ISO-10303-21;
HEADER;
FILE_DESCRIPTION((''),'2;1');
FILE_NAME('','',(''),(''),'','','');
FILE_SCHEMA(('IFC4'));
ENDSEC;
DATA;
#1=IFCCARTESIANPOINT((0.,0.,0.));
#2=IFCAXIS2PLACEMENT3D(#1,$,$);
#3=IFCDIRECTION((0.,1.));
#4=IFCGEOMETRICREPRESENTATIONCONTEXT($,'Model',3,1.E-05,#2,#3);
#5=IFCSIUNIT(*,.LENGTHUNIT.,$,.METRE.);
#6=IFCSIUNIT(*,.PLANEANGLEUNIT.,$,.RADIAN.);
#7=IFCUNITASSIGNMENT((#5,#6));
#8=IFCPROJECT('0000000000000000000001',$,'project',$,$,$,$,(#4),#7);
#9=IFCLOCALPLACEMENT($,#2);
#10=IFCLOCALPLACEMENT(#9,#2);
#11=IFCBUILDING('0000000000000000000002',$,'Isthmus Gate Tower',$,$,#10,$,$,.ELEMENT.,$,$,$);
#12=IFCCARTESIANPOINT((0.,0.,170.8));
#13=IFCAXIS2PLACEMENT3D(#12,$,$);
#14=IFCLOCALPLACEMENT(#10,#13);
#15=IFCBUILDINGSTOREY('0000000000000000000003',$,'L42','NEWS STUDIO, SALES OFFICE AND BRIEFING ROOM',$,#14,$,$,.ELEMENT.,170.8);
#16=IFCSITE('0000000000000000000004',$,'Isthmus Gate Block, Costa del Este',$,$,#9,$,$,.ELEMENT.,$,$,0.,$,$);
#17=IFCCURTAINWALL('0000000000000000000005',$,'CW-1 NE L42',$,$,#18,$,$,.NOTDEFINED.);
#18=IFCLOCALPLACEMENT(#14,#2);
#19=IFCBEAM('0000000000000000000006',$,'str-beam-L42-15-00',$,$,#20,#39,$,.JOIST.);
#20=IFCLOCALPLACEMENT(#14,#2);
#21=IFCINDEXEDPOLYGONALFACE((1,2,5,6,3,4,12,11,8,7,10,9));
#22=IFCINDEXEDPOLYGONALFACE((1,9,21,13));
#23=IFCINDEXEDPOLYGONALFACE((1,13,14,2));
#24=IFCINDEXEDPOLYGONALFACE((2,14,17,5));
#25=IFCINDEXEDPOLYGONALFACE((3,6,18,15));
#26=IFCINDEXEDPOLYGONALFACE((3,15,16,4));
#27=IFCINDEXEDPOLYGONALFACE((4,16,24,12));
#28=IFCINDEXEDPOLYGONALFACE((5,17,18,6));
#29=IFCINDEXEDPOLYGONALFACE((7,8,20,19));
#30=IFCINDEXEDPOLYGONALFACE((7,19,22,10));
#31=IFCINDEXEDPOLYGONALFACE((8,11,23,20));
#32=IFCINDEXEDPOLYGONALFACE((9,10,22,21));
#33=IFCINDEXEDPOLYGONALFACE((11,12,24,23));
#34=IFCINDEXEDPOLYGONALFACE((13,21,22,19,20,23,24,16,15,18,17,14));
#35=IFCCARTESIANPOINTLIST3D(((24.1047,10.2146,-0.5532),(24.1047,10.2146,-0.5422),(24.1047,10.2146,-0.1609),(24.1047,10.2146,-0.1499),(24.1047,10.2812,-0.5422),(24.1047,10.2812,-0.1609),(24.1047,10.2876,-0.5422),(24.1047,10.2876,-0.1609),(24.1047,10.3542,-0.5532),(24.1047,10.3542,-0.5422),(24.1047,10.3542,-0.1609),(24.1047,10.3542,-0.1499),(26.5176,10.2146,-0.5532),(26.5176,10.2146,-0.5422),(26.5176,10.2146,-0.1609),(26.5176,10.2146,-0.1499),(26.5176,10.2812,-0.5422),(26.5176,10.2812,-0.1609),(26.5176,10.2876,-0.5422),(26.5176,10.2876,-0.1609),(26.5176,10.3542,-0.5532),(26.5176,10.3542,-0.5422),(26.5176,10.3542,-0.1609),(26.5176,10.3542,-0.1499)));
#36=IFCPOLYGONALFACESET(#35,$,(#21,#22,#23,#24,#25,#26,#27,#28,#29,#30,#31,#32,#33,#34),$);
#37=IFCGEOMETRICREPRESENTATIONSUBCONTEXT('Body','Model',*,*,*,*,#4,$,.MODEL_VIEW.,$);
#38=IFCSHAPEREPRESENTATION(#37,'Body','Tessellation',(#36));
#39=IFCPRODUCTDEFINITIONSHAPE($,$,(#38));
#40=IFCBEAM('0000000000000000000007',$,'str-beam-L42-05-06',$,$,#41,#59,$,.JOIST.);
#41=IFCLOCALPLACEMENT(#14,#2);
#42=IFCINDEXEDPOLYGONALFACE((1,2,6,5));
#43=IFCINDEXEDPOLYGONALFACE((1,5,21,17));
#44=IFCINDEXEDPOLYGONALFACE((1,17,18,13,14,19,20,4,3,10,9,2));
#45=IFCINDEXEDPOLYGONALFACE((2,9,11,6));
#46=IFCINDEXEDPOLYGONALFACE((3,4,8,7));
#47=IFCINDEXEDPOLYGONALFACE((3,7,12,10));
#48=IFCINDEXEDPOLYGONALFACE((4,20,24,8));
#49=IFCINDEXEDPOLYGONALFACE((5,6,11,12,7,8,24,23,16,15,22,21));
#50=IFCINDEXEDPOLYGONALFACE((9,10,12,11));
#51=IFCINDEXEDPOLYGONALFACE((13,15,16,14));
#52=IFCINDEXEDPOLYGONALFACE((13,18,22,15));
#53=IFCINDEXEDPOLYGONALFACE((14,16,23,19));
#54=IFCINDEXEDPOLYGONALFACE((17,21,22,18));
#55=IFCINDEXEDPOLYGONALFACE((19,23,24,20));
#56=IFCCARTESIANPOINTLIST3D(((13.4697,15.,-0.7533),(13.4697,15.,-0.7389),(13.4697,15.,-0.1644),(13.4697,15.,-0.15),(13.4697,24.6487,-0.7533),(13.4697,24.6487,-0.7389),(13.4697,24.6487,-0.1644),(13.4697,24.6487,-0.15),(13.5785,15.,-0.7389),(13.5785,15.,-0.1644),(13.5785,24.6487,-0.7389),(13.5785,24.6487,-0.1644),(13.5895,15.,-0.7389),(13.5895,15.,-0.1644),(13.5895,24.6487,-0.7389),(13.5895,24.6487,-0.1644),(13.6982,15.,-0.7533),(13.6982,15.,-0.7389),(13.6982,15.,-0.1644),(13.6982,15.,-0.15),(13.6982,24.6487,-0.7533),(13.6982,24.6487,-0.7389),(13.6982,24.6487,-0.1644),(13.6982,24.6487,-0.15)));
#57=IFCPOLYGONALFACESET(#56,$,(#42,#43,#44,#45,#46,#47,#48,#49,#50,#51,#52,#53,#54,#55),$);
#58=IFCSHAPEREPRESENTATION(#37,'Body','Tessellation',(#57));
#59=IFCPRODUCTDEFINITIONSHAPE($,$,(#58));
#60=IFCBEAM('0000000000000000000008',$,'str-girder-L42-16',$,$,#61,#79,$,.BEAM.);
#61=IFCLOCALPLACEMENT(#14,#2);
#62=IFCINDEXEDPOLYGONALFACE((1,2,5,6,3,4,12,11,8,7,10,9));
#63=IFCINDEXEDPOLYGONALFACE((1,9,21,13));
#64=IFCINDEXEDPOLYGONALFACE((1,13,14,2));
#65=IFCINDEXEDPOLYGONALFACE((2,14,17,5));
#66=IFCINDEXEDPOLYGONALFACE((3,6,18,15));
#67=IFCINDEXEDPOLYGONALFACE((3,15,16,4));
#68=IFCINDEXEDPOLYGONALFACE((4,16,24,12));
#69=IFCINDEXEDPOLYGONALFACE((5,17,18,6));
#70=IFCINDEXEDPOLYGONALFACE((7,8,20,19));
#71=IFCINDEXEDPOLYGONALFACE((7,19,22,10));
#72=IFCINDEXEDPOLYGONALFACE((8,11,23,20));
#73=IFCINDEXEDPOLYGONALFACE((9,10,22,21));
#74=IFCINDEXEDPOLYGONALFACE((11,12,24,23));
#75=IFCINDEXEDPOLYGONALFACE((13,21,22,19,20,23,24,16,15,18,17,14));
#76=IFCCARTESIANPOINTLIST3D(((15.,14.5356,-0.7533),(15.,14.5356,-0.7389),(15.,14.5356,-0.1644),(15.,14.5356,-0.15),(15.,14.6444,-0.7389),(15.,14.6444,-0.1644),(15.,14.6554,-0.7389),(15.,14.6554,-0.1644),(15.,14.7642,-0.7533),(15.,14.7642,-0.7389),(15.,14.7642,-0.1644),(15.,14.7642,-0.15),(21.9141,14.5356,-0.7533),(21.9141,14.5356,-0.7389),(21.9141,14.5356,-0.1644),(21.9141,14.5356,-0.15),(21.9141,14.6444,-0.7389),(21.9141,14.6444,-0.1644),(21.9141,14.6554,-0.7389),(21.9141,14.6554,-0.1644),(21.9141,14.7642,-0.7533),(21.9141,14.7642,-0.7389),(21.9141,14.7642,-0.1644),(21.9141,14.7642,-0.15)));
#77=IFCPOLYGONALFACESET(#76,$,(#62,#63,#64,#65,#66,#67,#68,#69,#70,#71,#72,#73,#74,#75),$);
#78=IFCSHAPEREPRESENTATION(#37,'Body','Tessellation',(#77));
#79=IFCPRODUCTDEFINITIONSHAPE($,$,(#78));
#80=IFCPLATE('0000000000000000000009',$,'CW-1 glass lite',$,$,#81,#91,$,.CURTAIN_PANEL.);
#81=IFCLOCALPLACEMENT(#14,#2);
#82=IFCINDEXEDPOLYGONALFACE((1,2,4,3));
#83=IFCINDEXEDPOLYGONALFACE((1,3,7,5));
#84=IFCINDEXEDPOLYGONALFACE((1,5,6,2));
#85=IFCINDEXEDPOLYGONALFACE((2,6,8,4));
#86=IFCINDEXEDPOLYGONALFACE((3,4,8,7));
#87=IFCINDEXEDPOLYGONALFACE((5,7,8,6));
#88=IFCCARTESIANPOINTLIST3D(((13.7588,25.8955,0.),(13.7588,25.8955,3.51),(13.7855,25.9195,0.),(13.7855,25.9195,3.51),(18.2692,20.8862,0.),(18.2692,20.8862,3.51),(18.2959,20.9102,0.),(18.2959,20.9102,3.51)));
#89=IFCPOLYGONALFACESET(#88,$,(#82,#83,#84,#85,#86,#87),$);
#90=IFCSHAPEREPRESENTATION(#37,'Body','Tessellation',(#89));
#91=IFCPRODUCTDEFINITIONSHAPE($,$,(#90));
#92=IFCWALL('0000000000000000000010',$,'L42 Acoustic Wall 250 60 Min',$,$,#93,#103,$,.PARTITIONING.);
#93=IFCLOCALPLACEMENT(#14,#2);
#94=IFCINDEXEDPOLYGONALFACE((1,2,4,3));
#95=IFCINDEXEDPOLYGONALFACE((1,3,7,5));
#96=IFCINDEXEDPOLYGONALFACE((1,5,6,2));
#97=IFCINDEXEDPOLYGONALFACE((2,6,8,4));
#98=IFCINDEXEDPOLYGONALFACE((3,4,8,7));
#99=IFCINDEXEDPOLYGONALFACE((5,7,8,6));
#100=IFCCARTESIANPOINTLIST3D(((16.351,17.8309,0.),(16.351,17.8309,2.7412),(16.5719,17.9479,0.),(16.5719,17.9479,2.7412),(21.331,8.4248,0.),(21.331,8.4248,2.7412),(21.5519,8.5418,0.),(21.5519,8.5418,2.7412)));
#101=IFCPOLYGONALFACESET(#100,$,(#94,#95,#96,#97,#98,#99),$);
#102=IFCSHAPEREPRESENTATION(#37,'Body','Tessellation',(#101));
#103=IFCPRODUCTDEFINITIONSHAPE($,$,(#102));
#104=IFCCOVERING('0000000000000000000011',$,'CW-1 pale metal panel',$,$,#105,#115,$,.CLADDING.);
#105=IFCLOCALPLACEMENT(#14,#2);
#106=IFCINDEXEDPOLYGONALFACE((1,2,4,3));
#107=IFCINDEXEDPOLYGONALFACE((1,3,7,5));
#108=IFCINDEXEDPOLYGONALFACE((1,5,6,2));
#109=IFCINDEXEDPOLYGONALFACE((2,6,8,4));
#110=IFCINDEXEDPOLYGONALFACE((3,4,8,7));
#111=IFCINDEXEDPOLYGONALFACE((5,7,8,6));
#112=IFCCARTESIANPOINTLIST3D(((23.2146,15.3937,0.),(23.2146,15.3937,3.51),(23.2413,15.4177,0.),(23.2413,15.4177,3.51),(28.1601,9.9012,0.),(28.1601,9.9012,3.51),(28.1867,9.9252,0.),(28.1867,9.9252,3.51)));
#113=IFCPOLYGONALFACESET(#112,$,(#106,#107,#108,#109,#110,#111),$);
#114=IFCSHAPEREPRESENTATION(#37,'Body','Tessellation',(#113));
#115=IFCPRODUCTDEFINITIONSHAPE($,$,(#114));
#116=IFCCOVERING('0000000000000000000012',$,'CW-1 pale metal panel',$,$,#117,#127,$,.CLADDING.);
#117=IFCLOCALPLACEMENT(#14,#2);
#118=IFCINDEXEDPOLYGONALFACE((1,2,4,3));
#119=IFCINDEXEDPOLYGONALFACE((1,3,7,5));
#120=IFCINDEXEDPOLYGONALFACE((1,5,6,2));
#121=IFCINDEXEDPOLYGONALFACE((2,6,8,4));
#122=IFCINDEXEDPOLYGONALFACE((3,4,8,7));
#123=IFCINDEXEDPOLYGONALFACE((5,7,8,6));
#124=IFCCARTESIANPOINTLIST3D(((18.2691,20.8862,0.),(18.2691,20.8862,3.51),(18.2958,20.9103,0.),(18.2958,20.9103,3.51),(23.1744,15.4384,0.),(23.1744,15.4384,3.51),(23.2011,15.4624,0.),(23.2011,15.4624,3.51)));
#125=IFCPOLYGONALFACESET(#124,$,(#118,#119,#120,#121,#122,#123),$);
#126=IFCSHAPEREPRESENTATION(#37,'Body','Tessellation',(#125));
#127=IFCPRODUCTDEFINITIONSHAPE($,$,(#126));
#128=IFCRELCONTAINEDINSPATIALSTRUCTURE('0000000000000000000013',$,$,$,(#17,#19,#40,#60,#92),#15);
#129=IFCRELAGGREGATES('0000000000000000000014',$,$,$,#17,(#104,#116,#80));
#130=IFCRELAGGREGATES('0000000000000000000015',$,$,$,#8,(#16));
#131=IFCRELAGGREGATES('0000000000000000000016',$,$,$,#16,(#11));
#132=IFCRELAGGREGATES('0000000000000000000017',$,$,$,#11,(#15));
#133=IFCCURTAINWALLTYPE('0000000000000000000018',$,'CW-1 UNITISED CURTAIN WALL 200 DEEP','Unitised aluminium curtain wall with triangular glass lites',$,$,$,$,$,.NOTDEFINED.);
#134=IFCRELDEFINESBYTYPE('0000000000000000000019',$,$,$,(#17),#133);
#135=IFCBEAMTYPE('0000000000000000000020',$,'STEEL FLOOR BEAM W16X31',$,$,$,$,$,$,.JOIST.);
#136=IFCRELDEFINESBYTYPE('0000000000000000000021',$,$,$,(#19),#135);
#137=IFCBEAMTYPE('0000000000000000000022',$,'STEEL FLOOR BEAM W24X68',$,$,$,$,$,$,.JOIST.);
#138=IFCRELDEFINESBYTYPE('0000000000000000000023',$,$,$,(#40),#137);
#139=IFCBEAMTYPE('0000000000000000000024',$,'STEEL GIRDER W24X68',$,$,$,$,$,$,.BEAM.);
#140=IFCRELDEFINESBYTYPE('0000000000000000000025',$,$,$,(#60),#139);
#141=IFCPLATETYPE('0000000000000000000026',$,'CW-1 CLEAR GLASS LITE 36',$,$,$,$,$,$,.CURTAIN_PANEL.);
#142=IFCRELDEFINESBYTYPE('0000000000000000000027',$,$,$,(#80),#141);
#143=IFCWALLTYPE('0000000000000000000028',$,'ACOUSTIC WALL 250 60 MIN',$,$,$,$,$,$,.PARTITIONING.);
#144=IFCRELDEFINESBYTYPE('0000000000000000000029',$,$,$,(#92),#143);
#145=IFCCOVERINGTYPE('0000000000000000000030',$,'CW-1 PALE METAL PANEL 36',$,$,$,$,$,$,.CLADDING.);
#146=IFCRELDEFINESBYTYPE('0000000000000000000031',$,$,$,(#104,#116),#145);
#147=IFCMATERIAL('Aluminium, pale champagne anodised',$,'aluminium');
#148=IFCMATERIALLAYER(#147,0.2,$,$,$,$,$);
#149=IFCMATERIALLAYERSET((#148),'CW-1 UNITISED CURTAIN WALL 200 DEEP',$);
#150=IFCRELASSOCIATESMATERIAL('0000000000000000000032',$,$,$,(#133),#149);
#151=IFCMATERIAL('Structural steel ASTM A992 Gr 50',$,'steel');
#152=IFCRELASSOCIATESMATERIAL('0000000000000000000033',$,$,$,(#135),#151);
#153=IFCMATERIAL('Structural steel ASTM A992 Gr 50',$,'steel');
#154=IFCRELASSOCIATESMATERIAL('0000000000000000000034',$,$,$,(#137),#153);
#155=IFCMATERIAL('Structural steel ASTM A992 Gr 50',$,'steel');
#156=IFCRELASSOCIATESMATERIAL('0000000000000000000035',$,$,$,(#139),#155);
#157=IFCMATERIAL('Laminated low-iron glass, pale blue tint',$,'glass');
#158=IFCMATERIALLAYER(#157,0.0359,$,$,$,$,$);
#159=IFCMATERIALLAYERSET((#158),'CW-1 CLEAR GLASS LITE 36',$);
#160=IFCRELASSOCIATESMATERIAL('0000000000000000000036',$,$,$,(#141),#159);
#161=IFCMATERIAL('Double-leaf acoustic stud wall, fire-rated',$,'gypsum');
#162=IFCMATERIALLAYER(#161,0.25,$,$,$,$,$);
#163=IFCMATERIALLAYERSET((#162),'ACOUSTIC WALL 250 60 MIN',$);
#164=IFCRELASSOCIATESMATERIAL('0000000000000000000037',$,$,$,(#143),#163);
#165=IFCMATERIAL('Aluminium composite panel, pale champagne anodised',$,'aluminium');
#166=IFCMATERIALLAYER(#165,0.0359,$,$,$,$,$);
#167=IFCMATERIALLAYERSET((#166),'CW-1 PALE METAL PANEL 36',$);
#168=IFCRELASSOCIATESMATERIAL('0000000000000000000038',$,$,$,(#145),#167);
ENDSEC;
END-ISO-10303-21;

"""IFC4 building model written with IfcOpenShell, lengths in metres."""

from ifc_helpers import new_model, si_unit, direction, frame, frame_2d, origin, origin_2d, place, context, subcontext, project, spatial, rectangle, i_section, extrude, material, layer, layer_set, material_profile, profile_set, type_object, element, aggregate, save


model = new_model("IFC4")

# Units and contexts
model_context = context("Model", 3, precision=1e-05, world=origin(), true_north=direction((0.0, 1.0)))
body_context = subcontext(model_context, "Body", "Model", "MODEL_VIEW")
ifc_project = project(units=[si_unit("LENGTHUNIT", "METRE"), si_unit("PLANEANGLEUNIT", "RADIAN")], contexts=[model_context])

# Site, building, storey
site_placement = place(None, origin())
site = spatial("IfcSite", under=ifc_project, at=site_placement, Name="Isthmus Gate Block, Costa del Este", CompositionType="ELEMENT", RefElevation=0.0)
building_placement = place(site_placement, origin())
building = spatial("IfcBuilding", under=site, at=building_placement, Name="Isthmus Gate Tower", CompositionType="ELEMENT")
storey_placement = place(building_placement, frame((0.0, 0.0, 170.8)))
storey = spatial("IfcBuildingStorey", under=building, at=storey_placement, Name="L42", Description="NEWS STUDIO, SALES OFFICE AND BRIEFING ROOM", CompositionType="ELEMENT", Elevation=170.8)

# Curtain wall
ifc_material_1 = material(Name="Aluminium, pale champagne anodised", Category="aluminium")
ifc_layer_1 = layer(ifc_material_1, 0.2)
ifc_layer_set_1 = layer_set([ifc_layer_1], Name="CW-1 UNITISED CURTAIN WALL 200 DEEP")
curtain_wall_type = type_object("IfcCurtainWallType", Name="CW-1 UNITISED CURTAIN WALL 200 DEEP", Description="Unitised aluminium curtain wall with triangular glass lites", PredefinedType="NOTDEFINED", material=ifc_layer_set_1)
curtain_wall_1_placement = place(storey_placement, origin())
curtain_wall_1 = element("IfcCurtainWall", 1, at=curtain_wall_1_placement, inside=storey, type_object=curtain_wall_type, Name="CW-1 NE L42", PredefinedType="NOTDEFINED")

# Beams
ifc_material_2 = material(Name="Structural steel ASTM A992 Gr 50", Category="steel")
ifc_material_profile_1 = material_profile(ifc_material_2, i_section(OverallWidth=0.1396, OverallDepth=0.4033, WebThickness=0.0063, FlangeThickness=0.011, at=origin_2d()), Name="W16X31")
ifc_profile_set_1 = profile_set([ifc_material_profile_1], Name="Structural steel ASTM A992 Gr 50")
beam_type_1 = type_object("IfcBeamType", Name="STEEL FLOOR BEAM W16X31", PredefinedType="JOIST", material=ifc_profile_set_1)
beam_1_placement = place(storey_placement, frame((24.1047, 10.2844, -0.3516), z_axis=(1.0, 0.0, 0.0), x_axis=(0.0, 1.0, 0.0)))
element("IfcBeam", 2, at=beam_1_placement, inside=storey, type_object=beam_type_1, Name="str-beam-L42-15-00", PredefinedType="JOIST", context=body_context, shape_type="SweptSolid", body=[
    extrude(i_section(OverallWidth=0.1396, OverallDepth=0.4033, WebThickness=0.0063, FlangeThickness=0.011, at=origin_2d()), origin(), (0.0, 0.0, 1.0), 2.4128),
])
ifc_material_3 = material(Name="Structural steel ASTM A992 Gr 50", Category="steel")
ifc_material_profile_2 = material_profile(ifc_material_3, i_section(OverallWidth=0.2285, OverallDepth=0.6033, WebThickness=0.011, FlangeThickness=0.0144, at=origin_2d()), Name="W24X68")
ifc_profile_set_2 = profile_set([ifc_material_profile_2], Name="Structural steel ASTM A992 Gr 50")
beam_type_2 = type_object("IfcBeamType", Name="STEEL FLOOR BEAM W24X68", PredefinedType="JOIST", material=ifc_profile_set_2)
beam_2_placement = place(storey_placement, frame((13.584, 15.0, -0.4517), z_axis=(0.0, 1.0, 0.0), x_axis=(-1.0, 0.0, 0.0)))
element("IfcBeam", 3, at=beam_2_placement, inside=storey, type_object=beam_type_2, Name="str-beam-L42-05-06", PredefinedType="JOIST", context=body_context, shape_type="SweptSolid", body=[
    extrude(i_section(OverallWidth=0.2285, OverallDepth=0.6033, WebThickness=0.011, FlangeThickness=0.0144, at=origin_2d()), origin(), (0.0, 0.0, 1.0), 9.6487),
])
ifc_material_4 = material(Name="Structural steel ASTM A992 Gr 50", Category="steel")
ifc_material_profile_3 = material_profile(ifc_material_4, i_section(OverallWidth=0.2285, OverallDepth=0.6033, WebThickness=0.011, FlangeThickness=0.0144, at=origin_2d()), Name="W24X68")
ifc_profile_set_3 = profile_set([ifc_material_profile_3], Name="Structural steel ASTM A992 Gr 50")
beam_type_3 = type_object("IfcBeamType", Name="STEEL GIRDER W24X68", PredefinedType="BEAM", material=ifc_profile_set_3)
beam_3_placement = place(storey_placement, frame((15.0, 14.6499, -0.4517), z_axis=(1.0, 0.0, 0.0), x_axis=(0.0, 1.0, 0.0)))
element("IfcBeam", 4, at=beam_3_placement, inside=storey, type_object=beam_type_3, Name="str-girder-L42-16", PredefinedType="BEAM", context=body_context, shape_type="SweptSolid", body=[
    extrude(i_section(OverallWidth=0.2285, OverallDepth=0.6033, WebThickness=0.011, FlangeThickness=0.0144, at=origin_2d()), origin(), (0.0, 0.0, 1.0), 6.9141),
])

# Plate
ifc_material_5 = material(Name="Laminated low-iron glass, pale blue tint", Category="glass")
ifc_layer_2 = layer(ifc_material_5, 0.0359)
ifc_layer_set_2 = layer_set([ifc_layer_2], Name="CW-1 CLEAR GLASS LITE 36")
plate_type = type_object("IfcPlateType", Name="CW-1 CLEAR GLASS LITE 36", PredefinedType="CURTAIN_PANEL", material=ifc_layer_set_2)
plate_placement = place(storey_placement, frame((16.0273, 23.4028, 0.0), z_axis=(0.0, 0.0, 1.0), x_axis=(-0.669131, 0.743145, 0.0)))
plate = element("IfcPlate", 5, at=plate_placement, type_object=plate_type, Name="CW-1 glass lite", PredefinedType="CURTAIN_PANEL", context=body_context, shape_type="SweptSolid", body=[
    extrude(rectangle(XDim=6.7407, YDim=0.0359, at=origin_2d()), origin(), (0.0, 0.0, 1.0), 3.51),
])

# Wall
ifc_material_6 = material(Name="Double-leaf acoustic stud wall, fire-rated", Category="gypsum")
ifc_layer_3 = layer(ifc_material_6, 0.25)
ifc_layer_set_3 = layer_set([ifc_layer_3], Name="ACOUSTIC WALL 250 60 MIN")
wall_type = type_object("IfcWallType", Name="ACOUSTIC WALL 250 60 MIN", PredefinedType="PARTITIONING", material=ifc_layer_set_3)
wall_placement = place(storey_placement, frame((16.4614, 17.8894, 0.0), z_axis=(0.0, 0.0, 1.0), x_axis=(0.467912, -0.883775, 0.0)))
element("IfcWall", 6, at=wall_placement, inside=storey, type_object=wall_type, Name="L42 Acoustic Wall 250 60 Min", PredefinedType="PARTITIONING", context=body_context, shape_type="SweptSolid", body=[
    extrude(rectangle(XDim=10.6431, YDim=0.25, at=frame_2d((5.3215, 0.0))), origin(), (0.0, 0.0, 1.0), 2.7412),
])

# Coverings
ifc_material_7 = material(Name="Aluminium composite panel, pale champagne anodised", Category="aluminium")
ifc_layer_4 = layer(ifc_material_7, 0.0359)
ifc_layer_set_4 = layer_set([ifc_layer_4], Name="CW-1 PALE METAL PANEL 36")
covering_type = type_object("IfcCoveringType", Name="CW-1 PALE METAL PANEL 36", PredefinedType="CLADDING", material=ifc_layer_set_4)
covering_1_placement = place(storey_placement, frame((25.7007, 12.6594, 0.0), z_axis=(0.0, 0.0, 1.0), x_axis=(-0.669131, 0.743145, 0.0)))
covering_1 = element("IfcCovering", 7, at=covering_1_placement, type_object=covering_type, Name="CW-1 pale metal panel", PredefinedType="CLADDING", context=body_context, shape_type="SweptSolid", body=[
    extrude(rectangle(XDim=7.3909, YDim=0.0359, at=origin_2d()), origin(), (0.0, 0.0, 1.0), 3.51),
])
covering_2_placement = place(storey_placement, frame((20.7351, 18.1743, 0.0), z_axis=(0.0, 0.0, 1.0), x_axis=(-0.669131, 0.743145, 0.0)))
covering_2 = element("IfcCovering", 8, at=covering_2_placement, type_object=covering_type, Name="CW-1 pale metal panel", PredefinedType="CLADDING", context=body_context, shape_type="SweptSolid", body=[
    extrude(rectangle(XDim=7.3308, YDim=0.0359, at=origin_2d()), origin(), (0.0, 0.0, 1.0), 3.51),
])
aggregate(curtain_wall_1, [covering_1, covering_2, plate])

save(model, "model.ifc")
